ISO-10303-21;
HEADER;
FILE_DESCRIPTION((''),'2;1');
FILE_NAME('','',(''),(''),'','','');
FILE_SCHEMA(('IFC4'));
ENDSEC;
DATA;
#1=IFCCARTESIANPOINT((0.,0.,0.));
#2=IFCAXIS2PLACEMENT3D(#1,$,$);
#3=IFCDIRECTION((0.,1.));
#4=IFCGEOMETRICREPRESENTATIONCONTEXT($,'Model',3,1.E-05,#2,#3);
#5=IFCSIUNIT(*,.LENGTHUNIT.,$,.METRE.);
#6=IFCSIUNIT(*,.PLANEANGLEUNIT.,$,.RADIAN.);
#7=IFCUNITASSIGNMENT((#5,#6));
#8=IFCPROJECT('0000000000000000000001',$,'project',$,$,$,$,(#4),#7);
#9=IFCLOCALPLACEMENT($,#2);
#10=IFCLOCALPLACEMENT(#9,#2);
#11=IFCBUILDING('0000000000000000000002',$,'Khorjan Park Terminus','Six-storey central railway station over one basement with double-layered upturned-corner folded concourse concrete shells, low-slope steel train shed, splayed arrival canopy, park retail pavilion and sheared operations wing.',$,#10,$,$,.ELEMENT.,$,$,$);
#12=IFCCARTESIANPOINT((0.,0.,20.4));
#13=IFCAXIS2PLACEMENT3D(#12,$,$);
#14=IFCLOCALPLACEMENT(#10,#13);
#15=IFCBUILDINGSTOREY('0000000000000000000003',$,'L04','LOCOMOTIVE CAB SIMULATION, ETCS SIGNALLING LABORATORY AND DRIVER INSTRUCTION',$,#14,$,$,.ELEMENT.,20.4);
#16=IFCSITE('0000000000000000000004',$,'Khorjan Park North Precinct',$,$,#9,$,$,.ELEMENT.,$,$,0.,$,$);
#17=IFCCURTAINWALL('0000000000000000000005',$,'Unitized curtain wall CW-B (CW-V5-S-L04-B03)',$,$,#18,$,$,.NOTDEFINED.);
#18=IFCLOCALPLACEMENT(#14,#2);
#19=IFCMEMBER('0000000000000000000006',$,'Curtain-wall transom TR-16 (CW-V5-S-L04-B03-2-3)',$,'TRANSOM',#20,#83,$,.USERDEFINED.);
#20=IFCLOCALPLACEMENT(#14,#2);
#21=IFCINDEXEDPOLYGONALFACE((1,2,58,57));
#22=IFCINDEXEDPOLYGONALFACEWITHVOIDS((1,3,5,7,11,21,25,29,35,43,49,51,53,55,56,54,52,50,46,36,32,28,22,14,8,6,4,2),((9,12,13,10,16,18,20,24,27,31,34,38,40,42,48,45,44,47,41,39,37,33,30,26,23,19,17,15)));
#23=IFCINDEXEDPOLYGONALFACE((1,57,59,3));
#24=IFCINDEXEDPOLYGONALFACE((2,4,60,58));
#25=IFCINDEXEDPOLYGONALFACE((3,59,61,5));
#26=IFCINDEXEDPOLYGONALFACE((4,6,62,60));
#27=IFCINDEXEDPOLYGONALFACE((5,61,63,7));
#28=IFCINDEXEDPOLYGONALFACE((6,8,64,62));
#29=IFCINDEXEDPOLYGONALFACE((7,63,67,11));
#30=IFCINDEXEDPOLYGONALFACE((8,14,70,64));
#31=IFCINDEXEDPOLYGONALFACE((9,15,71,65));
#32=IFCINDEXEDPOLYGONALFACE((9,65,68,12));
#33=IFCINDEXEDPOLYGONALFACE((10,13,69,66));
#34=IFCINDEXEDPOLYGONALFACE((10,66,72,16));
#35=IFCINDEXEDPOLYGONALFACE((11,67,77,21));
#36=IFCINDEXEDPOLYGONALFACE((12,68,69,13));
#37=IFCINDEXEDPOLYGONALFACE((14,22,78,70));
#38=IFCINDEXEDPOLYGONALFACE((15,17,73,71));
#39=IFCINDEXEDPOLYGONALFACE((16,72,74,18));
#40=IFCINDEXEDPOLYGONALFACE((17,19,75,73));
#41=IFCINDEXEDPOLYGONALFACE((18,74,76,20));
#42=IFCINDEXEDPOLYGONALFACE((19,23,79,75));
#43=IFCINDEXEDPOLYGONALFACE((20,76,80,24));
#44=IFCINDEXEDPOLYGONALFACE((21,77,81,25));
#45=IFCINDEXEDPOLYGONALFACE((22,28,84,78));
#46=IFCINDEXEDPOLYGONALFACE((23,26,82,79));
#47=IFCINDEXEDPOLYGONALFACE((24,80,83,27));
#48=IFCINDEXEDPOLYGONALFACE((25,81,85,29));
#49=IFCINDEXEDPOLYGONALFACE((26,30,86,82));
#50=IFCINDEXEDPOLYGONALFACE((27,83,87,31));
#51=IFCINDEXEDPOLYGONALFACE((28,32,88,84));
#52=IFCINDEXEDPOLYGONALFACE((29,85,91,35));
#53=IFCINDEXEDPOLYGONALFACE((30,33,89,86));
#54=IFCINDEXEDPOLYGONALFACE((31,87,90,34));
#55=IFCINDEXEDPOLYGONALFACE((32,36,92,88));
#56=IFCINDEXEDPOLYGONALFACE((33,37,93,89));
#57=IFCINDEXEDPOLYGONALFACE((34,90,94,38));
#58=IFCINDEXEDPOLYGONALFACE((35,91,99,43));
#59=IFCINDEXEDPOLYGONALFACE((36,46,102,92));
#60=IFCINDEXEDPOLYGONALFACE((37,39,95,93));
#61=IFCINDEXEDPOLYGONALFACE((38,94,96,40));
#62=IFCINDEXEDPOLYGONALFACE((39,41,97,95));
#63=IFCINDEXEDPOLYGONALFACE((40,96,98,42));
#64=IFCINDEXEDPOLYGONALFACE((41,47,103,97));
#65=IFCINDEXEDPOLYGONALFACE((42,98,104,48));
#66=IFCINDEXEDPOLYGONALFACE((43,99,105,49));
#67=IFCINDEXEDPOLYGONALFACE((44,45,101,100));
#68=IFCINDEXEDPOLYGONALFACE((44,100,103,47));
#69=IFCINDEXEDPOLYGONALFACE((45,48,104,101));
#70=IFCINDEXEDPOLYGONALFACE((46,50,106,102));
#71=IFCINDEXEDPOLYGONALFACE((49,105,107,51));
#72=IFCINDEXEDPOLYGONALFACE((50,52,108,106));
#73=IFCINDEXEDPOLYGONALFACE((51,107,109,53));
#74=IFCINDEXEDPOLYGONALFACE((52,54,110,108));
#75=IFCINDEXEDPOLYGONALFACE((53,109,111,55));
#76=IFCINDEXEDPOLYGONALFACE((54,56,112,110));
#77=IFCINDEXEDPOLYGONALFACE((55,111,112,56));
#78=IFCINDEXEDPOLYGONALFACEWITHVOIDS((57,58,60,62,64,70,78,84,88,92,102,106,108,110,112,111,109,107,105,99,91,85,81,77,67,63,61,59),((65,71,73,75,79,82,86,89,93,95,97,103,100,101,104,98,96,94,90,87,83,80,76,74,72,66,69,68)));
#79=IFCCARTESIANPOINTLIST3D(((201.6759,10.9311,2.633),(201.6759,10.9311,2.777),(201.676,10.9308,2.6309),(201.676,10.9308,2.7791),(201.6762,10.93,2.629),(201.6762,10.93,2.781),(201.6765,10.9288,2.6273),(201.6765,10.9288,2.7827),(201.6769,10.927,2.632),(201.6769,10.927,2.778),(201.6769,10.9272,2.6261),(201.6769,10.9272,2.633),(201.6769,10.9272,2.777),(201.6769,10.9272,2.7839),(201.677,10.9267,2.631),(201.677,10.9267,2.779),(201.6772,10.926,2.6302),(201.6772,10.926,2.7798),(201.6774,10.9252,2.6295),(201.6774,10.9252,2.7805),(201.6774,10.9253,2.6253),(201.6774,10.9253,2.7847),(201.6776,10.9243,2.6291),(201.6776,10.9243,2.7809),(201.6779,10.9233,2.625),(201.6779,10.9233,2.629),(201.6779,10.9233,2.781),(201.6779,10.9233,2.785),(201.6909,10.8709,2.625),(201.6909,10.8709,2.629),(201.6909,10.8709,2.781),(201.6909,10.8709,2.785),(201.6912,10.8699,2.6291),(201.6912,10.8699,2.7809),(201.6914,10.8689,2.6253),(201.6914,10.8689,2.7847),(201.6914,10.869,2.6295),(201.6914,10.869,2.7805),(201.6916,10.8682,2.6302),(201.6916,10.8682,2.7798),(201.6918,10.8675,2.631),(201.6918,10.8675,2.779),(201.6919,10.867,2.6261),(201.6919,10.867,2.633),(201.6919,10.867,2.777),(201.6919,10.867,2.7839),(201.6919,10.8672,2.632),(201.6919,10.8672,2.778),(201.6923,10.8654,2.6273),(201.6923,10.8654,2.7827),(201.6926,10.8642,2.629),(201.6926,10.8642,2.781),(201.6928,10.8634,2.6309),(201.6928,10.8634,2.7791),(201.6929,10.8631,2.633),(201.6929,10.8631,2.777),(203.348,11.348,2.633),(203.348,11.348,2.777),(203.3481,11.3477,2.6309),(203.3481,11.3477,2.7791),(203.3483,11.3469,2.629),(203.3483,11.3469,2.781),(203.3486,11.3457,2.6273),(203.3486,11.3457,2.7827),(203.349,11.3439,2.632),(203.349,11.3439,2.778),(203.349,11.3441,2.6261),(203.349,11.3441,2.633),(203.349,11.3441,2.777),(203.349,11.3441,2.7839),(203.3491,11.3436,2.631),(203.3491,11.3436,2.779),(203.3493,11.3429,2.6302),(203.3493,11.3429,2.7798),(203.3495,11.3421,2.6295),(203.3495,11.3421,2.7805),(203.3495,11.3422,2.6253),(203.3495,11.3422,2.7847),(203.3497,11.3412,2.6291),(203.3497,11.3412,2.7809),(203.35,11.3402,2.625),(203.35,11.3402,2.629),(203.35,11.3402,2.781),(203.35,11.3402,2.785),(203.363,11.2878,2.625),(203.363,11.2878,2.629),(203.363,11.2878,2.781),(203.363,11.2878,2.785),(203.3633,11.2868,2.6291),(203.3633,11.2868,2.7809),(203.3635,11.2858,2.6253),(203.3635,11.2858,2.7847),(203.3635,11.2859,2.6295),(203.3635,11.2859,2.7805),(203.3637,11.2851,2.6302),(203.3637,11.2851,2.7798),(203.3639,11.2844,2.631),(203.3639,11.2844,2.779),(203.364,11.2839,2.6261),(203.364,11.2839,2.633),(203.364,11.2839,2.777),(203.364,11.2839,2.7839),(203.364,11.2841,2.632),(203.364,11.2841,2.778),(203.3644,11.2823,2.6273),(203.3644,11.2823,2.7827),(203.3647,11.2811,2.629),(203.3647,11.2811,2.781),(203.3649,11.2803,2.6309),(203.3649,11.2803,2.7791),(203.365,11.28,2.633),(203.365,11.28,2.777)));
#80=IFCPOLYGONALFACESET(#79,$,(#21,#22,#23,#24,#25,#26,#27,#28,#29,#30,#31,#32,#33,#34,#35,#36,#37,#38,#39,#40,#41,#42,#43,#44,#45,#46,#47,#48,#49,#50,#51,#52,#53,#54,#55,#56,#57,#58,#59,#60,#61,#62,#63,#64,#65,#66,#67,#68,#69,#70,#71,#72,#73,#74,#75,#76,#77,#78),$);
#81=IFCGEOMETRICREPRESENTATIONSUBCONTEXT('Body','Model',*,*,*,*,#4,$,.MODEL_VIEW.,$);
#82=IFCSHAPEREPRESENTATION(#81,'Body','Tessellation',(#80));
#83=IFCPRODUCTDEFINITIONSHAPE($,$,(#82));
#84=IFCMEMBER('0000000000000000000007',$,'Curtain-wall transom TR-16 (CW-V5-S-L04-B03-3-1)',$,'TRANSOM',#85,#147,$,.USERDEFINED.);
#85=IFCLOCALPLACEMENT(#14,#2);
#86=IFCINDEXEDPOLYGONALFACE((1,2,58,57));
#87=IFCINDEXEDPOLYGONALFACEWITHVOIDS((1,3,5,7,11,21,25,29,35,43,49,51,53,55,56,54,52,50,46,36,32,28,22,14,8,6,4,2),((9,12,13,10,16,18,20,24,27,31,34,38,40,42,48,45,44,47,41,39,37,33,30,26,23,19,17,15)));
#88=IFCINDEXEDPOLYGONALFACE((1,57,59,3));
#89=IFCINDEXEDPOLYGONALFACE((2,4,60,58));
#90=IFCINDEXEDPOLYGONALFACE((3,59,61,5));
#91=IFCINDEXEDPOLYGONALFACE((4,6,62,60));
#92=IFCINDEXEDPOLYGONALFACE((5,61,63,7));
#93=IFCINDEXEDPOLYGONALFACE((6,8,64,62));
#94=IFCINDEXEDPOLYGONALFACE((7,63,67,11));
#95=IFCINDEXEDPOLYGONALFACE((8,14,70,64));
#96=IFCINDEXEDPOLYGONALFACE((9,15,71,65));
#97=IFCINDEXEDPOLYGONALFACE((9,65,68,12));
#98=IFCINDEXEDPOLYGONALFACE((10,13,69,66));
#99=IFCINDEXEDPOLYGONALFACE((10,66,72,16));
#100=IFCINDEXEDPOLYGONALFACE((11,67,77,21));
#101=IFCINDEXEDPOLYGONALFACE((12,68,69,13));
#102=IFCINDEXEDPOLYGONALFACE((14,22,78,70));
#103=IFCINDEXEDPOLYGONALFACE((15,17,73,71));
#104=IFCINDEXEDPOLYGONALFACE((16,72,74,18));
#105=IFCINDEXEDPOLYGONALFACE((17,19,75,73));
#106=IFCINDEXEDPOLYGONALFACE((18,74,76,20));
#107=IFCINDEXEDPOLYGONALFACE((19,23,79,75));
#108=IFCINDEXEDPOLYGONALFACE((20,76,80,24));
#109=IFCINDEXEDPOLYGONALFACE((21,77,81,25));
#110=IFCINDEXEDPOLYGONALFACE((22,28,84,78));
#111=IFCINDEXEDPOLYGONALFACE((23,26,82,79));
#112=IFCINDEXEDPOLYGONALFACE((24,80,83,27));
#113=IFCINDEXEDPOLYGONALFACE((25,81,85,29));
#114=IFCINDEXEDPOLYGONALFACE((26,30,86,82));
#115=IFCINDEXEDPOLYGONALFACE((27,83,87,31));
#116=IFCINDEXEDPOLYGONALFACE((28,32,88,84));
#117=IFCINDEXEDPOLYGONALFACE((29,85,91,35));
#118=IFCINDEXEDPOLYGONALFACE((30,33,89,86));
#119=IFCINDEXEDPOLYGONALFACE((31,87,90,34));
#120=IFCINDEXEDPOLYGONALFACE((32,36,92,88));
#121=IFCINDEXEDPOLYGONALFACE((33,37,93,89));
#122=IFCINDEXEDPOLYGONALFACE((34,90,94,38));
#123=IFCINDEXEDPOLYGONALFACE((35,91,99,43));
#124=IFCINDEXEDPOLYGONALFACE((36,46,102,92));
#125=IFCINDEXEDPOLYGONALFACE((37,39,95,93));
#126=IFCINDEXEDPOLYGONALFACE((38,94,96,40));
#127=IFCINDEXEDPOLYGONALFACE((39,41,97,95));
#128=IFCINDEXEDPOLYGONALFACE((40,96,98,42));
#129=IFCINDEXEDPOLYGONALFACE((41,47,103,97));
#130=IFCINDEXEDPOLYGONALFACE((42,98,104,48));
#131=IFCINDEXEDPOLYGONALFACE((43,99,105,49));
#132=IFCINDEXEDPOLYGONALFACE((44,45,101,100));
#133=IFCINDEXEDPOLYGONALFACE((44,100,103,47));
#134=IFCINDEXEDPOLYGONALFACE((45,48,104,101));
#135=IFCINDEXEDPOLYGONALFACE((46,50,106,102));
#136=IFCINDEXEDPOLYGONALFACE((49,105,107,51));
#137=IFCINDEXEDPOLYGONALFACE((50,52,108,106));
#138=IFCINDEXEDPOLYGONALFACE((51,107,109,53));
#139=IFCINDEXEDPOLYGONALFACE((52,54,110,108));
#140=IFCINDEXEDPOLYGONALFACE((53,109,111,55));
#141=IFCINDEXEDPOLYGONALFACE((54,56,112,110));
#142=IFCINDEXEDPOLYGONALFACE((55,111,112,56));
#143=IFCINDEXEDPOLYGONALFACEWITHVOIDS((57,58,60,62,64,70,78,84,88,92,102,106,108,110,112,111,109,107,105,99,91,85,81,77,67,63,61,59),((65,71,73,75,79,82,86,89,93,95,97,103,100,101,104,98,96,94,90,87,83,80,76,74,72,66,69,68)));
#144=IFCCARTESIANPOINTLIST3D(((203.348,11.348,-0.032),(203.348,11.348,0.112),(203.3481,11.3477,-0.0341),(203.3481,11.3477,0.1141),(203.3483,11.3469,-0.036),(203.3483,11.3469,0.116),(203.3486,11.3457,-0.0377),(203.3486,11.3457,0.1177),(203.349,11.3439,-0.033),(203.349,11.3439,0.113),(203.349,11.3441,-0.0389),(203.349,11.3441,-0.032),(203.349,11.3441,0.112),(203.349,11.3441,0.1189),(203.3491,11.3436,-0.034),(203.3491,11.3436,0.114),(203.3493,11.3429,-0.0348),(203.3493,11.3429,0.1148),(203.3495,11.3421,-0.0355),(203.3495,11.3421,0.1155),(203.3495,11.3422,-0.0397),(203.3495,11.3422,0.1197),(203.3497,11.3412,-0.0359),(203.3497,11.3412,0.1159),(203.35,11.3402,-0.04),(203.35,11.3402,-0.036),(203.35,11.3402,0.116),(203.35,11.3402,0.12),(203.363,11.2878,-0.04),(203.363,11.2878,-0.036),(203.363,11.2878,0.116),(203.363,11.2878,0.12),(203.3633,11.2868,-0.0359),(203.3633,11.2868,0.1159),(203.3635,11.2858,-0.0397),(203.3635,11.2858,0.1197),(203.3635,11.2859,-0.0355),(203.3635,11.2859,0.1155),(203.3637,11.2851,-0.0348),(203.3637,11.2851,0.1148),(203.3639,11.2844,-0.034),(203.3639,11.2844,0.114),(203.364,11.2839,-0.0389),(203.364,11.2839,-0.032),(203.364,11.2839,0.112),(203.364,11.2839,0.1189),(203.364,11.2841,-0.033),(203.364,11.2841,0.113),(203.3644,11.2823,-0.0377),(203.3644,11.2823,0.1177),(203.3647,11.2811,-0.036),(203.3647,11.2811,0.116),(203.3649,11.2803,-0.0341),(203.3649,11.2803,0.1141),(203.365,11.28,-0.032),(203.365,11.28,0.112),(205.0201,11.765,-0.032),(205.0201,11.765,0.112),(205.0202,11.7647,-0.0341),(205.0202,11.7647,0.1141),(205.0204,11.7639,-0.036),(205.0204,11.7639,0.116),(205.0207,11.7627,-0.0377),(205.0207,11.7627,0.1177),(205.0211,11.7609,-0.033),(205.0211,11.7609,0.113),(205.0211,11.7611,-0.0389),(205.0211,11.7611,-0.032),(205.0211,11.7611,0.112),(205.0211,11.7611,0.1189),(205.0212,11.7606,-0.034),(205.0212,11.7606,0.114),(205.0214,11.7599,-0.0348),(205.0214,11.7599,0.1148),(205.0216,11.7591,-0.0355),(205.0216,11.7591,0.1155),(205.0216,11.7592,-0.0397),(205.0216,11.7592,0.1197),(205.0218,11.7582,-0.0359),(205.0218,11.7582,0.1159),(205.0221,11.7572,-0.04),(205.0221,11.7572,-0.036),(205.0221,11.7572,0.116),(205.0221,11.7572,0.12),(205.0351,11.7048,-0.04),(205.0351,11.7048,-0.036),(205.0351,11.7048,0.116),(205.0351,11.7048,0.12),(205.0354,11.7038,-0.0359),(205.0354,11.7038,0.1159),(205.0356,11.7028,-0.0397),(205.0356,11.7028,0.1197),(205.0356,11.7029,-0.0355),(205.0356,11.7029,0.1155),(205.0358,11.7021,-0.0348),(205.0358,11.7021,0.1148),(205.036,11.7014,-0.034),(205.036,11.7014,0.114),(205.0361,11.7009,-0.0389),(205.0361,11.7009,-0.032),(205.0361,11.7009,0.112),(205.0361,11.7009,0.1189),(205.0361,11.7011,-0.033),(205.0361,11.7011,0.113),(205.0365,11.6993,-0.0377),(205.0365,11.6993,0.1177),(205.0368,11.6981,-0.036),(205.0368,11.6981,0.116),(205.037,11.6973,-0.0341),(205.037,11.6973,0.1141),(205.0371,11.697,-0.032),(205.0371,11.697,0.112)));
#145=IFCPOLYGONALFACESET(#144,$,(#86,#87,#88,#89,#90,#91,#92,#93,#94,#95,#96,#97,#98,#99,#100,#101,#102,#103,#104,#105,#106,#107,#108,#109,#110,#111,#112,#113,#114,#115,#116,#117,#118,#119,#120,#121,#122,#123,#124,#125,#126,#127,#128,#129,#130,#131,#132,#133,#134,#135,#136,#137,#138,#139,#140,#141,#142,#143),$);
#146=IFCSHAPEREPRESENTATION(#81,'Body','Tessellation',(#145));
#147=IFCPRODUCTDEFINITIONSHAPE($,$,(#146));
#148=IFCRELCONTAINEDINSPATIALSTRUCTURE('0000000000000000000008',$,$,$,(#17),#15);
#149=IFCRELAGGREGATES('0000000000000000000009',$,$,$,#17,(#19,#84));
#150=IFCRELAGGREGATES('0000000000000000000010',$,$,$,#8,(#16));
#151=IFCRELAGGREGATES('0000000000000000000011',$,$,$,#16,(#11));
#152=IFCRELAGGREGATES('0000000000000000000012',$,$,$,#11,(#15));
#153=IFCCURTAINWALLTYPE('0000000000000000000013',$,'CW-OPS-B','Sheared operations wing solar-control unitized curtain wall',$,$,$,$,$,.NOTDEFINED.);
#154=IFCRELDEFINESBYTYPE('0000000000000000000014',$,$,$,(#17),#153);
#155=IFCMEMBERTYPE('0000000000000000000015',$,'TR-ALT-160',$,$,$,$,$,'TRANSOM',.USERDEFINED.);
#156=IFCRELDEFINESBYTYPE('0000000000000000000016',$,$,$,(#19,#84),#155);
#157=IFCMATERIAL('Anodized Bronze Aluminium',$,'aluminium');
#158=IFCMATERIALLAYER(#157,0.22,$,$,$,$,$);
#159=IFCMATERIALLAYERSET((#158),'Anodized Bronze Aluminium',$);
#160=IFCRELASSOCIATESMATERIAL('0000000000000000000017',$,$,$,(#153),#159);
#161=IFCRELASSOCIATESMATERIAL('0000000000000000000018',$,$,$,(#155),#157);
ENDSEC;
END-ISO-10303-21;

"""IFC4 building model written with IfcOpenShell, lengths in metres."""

from ifc_helpers import new_model, si_unit, direction, frame, origin, origin_2d, place, context, subcontext, project, spatial, hollow_rectangle, extrude, material, layer, layer_set, material_profile, profile_set, type_object, element, aggregate, save


model = new_model("IFC4")

# Units and contexts
model_context = context("Model", 3, precision=1e-05, world=origin(), true_north=direction((0.0, 1.0)))
body_context = subcontext(model_context, "Body", "Model", "MODEL_VIEW")
ifc_project = project(units=[si_unit("LENGTHUNIT", "METRE"), si_unit("PLANEANGLEUNIT", "RADIAN")], contexts=[model_context])

# Site, building, storey
site_placement = place(None, origin())
site = spatial("IfcSite", under=ifc_project, at=site_placement, Name="Khorjan Park North Precinct", CompositionType="ELEMENT", RefElevation=0.0)
building_placement = place(site_placement, origin())
building = spatial("IfcBuilding", under=site, at=building_placement, Name="Khorjan Park Terminus", Description="Six-storey central railway station over one basement with double-layered upturned-corner folded concourse concrete shells, low-slope steel train shed, splayed arrival canopy, park retail pavilion and sheared operations wing.", CompositionType="ELEMENT")
storey_placement = place(building_placement, frame((0.0, 0.0, 20.4)))
storey = spatial("IfcBuildingStorey", under=building, at=storey_placement, Name="L04", Description="LOCOMOTIVE CAB SIMULATION, ETCS SIGNALLING LABORATORY AND DRIVER INSTRUCTION", CompositionType="ELEMENT", Elevation=20.4)

# Curtain wall, members
ifc_material_1 = material(Name="Anodized Bronze Aluminium", Category="aluminium")
ifc_layer_1 = layer(ifc_material_1, 0.22)
ifc_layer_set_1 = layer_set([ifc_layer_1], Name="Anodized Bronze Aluminium")
curtain_wall_type = type_object("IfcCurtainWallType", Name="CW-OPS-B", Description="Sheared operations wing solar-control unitized curtain wall", PredefinedType="NOTDEFINED", material=ifc_layer_set_1)
curtain_wall_placement = place(storey_placement, origin())
curtain_wall = element("IfcCurtainWall", 1, at=curtain_wall_placement, inside=storey, type_object=curtain_wall_type, Name="Unitized curtain wall CW-B (CW-V5-S-L04-B03)", PredefinedType="NOTDEFINED")
ifc_material_profile_1 = material_profile(ifc_material_1, hollow_rectangle(XDim=0.07, YDim=0.16, WallThickness=0.004, InnerFilletRadius=0.004, OuterFilletRadius=0.008, at=origin_2d()), Name="ALT 70x160x4")
ifc_profile_set_1 = profile_set([ifc_material_profile_1], Name="Anodized Bronze Aluminium")
member_type_1 = type_object("IfcMemberType", Name="TR-ALT-160", ElementType="TRANSOM", PredefinedType="USERDEFINED", material=ifc_profile_set_1)
member_1_placement = place(storey_placement, frame((201.6844, 10.8971, 2.705), z_axis=(0.970296, 0.241921, 0.0), x_axis=(-0.241921, 0.970296, 0.0)))
member_1 = element("IfcMember", 2, at=member_1_placement, type_object=member_type_1, Name="Curtain-wall transom TR-16 (CW-V5-S-L04-B03-2-3)", ObjectType="TRANSOM", PredefinedType="USERDEFINED", context=body_context, shape_type="SweptSolid", body=[
    extrude(hollow_rectangle(XDim=0.07, YDim=0.16, WallThickness=0.004, InnerFilletRadius=0.004, OuterFilletRadius=0.008, at=origin_2d()), origin(), (0.0, 0.0, 1.0), 1.7233),
])
member_2_placement = place(storey_placement, frame((203.3565, 11.314, 0.04), z_axis=(0.970282, 0.241976, 0.0), x_axis=(-0.241976, 0.970282, 0.0)))
member_2 = element("IfcMember", 3, at=member_2_placement, type_object=member_type_1, Name="Curtain-wall transom TR-16 (CW-V5-S-L04-B03-3-1)", ObjectType="TRANSOM", PredefinedType="USERDEFINED", context=body_context, shape_type="SweptSolid", body=[
    extrude(hollow_rectangle(XDim=0.07, YDim=0.16, WallThickness=0.004, InnerFilletRadius=0.004, OuterFilletRadius=0.008, at=origin_2d()), origin(), (0.0, 0.0, 1.0), 1.7233),
])
aggregate(curtain_wall, [member_1, member_2])

save(model, "model.ifc")
